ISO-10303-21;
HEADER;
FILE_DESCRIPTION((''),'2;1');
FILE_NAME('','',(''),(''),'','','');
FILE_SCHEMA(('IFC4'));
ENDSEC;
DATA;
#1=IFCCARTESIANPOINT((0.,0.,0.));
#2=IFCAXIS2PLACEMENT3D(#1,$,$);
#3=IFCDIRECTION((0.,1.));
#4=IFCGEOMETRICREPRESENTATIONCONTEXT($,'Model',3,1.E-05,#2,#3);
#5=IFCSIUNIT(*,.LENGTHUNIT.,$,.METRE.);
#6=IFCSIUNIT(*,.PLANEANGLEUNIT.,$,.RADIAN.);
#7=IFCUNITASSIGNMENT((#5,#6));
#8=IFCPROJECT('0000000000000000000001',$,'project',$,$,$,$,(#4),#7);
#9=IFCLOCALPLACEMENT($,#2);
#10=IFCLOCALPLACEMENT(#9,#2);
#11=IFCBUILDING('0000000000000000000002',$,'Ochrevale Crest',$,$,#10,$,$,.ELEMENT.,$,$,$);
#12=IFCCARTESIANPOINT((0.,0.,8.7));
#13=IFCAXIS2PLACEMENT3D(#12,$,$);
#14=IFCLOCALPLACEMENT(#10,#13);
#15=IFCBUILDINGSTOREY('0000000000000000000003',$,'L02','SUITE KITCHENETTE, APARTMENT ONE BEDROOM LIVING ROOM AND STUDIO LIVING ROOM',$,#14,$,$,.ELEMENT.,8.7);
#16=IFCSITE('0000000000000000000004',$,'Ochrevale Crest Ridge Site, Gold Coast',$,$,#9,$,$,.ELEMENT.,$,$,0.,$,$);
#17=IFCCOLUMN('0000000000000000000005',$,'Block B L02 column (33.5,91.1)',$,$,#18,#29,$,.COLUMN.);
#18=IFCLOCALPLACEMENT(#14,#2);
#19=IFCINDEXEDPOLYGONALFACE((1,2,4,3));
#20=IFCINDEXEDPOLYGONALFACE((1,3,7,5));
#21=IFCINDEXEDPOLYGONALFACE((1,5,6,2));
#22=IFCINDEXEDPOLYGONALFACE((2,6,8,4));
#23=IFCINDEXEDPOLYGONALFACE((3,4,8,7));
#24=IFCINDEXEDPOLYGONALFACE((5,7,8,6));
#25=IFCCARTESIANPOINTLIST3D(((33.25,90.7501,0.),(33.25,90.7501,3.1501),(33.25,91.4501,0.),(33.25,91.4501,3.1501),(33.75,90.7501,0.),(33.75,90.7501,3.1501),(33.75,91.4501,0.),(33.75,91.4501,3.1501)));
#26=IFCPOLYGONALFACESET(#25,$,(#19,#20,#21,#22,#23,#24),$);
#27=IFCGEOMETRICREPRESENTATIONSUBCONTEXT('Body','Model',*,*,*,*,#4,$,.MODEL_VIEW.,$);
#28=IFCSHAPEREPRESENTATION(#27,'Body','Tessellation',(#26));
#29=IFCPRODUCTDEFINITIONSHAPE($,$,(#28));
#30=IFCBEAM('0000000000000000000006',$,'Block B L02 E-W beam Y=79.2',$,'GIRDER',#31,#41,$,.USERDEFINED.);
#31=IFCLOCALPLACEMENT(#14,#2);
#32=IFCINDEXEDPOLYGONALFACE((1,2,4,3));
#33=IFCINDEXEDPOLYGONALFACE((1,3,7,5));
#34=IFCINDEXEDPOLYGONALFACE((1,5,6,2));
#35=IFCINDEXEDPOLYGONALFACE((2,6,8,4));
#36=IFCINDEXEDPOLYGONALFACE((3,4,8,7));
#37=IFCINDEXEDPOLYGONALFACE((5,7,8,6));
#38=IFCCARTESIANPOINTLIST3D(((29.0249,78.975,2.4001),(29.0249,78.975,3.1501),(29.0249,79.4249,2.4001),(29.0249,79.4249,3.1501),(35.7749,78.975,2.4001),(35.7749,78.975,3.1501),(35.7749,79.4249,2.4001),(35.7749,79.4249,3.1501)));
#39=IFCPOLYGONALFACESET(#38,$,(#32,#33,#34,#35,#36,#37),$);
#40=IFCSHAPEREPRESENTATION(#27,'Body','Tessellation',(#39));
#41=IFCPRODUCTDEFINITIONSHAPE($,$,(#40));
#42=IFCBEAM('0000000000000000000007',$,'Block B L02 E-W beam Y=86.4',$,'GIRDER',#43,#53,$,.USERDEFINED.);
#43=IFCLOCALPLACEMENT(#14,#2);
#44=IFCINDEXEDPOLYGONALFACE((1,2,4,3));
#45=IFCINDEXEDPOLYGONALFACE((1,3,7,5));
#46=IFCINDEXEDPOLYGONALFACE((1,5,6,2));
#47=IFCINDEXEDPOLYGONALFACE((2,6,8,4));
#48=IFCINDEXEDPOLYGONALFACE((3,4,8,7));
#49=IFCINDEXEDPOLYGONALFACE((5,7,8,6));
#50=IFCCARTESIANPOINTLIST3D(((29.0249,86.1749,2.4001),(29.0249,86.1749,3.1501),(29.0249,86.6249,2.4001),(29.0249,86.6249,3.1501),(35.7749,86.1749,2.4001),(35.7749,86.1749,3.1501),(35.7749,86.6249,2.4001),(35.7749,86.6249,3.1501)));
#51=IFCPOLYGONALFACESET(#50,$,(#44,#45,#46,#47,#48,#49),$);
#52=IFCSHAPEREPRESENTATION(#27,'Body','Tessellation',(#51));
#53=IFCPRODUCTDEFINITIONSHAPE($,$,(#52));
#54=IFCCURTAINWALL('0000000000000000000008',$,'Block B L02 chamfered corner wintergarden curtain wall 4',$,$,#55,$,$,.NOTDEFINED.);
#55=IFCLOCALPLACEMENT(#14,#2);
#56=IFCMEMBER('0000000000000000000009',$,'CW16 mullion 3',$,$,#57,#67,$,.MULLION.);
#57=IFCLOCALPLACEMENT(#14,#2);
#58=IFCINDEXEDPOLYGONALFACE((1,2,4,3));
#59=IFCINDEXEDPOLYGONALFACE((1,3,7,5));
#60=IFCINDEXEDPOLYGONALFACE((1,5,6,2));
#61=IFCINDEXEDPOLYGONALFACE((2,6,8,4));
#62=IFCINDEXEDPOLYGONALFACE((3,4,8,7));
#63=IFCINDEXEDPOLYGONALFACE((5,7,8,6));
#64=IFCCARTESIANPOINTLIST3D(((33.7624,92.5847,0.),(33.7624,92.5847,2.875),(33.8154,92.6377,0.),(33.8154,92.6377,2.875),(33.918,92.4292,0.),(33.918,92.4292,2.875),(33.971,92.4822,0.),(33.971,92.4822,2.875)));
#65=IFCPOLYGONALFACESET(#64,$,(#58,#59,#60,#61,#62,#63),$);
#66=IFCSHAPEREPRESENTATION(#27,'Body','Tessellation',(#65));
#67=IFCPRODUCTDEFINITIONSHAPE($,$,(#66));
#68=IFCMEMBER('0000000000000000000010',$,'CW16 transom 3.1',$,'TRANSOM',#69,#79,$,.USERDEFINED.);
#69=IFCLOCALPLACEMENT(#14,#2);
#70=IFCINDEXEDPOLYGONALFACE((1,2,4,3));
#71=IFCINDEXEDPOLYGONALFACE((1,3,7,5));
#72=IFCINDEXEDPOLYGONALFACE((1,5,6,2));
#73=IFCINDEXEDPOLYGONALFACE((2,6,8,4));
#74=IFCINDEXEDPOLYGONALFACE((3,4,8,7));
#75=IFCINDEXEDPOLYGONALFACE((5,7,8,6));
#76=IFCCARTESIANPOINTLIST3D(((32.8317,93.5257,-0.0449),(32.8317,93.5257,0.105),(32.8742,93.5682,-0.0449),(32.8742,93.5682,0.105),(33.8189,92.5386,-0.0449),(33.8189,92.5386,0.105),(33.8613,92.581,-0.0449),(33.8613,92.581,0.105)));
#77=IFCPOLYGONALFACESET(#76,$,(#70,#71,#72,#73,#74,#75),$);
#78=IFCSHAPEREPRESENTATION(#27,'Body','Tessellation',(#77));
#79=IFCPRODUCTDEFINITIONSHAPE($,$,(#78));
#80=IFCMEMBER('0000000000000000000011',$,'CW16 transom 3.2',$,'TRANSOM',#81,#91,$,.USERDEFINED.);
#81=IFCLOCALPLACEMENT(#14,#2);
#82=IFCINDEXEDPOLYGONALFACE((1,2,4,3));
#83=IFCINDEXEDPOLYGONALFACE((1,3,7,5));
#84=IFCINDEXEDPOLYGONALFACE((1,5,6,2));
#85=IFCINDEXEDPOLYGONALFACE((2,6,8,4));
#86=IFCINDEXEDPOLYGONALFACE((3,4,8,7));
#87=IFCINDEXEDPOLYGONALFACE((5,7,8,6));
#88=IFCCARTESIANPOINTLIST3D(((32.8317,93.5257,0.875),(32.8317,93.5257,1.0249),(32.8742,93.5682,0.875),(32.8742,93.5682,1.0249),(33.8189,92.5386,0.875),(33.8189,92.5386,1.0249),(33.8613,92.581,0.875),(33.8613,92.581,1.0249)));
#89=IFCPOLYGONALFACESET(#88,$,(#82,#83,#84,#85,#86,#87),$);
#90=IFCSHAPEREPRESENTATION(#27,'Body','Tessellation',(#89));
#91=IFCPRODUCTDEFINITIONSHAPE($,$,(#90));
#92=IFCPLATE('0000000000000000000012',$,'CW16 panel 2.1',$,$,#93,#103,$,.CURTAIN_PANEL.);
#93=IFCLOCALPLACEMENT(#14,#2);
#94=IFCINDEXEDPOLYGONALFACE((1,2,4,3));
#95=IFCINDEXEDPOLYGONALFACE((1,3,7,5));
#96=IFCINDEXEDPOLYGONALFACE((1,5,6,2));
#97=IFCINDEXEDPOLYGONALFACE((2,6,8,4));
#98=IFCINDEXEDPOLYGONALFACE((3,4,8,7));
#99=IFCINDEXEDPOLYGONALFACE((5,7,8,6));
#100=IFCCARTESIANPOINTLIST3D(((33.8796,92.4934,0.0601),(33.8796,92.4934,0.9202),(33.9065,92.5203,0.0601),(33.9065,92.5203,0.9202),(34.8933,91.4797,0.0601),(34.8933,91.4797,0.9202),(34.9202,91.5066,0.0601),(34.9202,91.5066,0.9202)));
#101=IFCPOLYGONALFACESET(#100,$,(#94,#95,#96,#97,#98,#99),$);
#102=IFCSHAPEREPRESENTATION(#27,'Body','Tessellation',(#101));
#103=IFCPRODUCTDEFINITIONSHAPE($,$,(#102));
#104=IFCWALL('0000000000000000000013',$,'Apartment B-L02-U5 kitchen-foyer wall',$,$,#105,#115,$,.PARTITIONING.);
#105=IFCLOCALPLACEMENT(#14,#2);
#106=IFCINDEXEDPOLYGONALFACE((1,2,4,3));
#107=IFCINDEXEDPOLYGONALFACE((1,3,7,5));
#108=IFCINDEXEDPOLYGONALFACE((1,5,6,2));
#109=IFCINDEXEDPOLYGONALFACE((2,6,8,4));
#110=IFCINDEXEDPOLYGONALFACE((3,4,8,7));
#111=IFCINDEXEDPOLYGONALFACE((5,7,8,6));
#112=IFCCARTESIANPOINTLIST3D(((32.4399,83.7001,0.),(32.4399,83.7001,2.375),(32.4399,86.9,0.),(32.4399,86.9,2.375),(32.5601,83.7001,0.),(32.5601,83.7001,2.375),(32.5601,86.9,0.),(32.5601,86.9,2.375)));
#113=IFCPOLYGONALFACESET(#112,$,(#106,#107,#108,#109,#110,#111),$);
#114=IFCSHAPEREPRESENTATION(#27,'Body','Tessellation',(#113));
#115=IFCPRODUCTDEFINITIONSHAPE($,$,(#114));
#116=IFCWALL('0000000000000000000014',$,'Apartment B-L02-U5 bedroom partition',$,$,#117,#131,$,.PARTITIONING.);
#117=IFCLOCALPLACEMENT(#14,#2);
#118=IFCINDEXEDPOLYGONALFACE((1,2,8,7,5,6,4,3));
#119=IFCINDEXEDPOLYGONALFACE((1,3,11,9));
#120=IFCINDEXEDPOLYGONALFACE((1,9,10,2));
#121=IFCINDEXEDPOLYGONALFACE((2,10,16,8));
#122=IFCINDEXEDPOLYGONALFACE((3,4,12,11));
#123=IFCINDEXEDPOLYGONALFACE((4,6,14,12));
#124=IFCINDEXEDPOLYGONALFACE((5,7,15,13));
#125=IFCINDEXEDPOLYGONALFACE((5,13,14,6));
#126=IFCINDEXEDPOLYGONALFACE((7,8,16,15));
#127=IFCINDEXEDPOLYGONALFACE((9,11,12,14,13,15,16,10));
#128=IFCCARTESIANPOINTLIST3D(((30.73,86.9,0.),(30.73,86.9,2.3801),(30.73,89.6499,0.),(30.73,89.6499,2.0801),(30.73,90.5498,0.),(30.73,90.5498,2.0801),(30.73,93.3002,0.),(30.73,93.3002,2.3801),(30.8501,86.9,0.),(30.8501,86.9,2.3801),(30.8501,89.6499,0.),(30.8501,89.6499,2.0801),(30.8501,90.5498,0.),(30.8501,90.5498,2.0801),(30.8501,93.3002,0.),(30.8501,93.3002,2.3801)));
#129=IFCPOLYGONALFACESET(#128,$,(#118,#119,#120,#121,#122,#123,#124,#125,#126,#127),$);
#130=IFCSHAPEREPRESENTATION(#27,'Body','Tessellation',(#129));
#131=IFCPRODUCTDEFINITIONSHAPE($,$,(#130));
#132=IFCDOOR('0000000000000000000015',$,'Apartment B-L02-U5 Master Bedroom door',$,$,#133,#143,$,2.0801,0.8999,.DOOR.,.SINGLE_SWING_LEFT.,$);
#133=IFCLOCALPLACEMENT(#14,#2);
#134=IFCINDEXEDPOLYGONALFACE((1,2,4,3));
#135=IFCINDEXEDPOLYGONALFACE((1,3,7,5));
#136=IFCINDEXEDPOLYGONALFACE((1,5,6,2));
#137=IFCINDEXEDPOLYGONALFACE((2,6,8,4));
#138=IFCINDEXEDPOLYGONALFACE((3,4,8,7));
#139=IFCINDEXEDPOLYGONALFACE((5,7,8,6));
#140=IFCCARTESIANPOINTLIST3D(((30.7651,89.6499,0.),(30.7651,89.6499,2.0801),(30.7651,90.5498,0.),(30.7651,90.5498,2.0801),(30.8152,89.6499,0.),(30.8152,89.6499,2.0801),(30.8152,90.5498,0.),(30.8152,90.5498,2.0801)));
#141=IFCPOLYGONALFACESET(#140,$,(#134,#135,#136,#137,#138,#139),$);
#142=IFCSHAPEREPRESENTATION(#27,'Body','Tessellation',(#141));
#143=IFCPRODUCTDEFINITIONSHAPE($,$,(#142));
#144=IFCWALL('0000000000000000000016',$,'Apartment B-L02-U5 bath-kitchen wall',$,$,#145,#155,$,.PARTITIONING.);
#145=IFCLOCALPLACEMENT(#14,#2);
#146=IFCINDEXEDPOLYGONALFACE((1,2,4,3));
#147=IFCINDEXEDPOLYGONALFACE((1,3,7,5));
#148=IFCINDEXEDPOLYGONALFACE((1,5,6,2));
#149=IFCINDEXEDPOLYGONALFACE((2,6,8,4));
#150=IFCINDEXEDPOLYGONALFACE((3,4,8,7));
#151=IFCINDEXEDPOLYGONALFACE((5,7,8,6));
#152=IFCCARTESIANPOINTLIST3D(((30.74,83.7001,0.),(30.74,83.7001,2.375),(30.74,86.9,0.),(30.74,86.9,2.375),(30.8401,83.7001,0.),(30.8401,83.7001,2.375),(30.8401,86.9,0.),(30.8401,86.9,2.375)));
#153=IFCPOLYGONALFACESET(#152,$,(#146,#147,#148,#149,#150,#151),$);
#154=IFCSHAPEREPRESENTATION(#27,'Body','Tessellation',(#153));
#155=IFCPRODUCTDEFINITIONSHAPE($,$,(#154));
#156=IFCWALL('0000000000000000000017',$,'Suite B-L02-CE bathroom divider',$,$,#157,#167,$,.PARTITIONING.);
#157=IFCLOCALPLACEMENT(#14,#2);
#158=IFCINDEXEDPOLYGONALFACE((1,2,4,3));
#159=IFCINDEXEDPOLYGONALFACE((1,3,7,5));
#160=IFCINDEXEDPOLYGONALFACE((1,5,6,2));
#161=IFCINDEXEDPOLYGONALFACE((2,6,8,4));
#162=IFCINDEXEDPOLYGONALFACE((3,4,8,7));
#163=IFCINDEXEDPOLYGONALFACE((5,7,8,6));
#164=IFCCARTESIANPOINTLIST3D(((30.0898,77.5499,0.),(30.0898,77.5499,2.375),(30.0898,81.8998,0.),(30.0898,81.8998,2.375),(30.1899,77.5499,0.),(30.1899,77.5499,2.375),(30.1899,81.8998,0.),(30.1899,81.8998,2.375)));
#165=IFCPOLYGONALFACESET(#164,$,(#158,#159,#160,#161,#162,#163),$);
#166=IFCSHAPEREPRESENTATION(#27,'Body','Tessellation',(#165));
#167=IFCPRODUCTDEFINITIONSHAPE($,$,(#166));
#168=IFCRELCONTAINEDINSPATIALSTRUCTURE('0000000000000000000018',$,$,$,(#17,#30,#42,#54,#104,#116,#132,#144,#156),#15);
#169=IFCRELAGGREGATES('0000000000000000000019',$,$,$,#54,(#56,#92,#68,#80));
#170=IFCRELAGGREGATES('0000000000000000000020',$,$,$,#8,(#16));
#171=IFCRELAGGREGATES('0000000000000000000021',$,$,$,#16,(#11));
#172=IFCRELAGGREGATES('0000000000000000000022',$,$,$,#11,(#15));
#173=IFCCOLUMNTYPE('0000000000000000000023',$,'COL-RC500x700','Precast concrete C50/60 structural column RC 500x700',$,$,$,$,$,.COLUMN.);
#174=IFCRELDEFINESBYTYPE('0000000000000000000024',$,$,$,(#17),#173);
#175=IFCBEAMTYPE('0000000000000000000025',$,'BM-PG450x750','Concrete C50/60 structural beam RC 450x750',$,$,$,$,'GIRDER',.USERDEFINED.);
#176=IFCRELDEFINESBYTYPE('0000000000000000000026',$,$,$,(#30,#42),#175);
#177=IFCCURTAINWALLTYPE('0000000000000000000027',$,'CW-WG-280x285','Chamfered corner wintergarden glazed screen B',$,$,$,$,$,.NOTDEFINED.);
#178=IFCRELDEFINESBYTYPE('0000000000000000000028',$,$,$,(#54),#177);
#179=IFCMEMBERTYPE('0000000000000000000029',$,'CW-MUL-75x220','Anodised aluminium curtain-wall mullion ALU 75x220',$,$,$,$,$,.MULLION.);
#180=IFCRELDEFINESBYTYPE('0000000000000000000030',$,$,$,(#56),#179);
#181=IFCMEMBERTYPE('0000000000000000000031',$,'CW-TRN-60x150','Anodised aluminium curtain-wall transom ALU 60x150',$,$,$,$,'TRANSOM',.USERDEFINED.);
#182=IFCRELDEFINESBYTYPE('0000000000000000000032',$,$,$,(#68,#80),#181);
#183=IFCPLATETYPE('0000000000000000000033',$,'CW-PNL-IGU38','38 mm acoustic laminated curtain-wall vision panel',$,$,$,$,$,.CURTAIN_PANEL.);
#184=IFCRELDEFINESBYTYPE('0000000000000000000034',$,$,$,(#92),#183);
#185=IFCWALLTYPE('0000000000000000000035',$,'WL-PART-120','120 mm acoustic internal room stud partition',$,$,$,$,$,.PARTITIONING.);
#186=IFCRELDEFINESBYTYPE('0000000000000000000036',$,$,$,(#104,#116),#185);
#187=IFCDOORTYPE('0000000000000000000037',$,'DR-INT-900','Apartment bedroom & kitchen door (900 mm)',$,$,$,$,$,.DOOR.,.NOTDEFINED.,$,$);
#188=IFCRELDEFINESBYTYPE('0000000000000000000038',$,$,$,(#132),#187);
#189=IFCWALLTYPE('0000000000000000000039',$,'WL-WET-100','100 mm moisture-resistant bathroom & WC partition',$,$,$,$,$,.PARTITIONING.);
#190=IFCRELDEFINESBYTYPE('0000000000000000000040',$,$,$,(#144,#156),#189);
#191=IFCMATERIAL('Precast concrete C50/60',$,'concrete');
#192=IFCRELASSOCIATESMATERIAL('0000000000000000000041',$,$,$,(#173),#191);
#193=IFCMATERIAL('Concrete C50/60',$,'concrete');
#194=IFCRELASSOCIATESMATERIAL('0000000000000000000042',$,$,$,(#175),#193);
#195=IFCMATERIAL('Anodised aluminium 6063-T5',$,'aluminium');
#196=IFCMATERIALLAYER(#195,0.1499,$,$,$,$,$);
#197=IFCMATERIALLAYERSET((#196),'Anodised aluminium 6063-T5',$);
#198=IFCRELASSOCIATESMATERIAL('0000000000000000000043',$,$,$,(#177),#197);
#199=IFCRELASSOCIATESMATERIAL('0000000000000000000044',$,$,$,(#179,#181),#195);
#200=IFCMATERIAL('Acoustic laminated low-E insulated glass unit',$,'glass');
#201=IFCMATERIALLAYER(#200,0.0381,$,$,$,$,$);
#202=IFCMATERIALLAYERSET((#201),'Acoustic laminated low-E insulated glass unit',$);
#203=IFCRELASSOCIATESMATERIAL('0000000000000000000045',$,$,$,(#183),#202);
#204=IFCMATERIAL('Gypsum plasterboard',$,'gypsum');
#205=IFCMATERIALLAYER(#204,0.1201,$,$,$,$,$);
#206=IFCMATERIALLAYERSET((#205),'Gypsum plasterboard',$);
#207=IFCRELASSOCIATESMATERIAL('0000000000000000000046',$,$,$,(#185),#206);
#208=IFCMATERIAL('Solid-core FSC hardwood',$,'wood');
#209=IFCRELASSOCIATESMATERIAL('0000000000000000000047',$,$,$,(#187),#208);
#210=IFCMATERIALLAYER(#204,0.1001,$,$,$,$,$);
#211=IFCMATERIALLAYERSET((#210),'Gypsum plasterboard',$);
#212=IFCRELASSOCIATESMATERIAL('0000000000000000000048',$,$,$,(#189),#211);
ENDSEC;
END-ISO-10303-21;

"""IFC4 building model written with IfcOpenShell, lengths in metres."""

from ifc_helpers import new_model, si_unit, direction, frame, frame_2d, origin, origin_2d, place, context, subcontext, project, spatial, rectangle, extrude, material, layer, layer_set, material_profile, profile_set, type_object, element, fill, aggregate, save


model = new_model("IFC4")

# Units and contexts
model_context = context("Model", 3, precision=1e-05, world=origin(), true_north=direction((0.0, 1.0)))
body_context = subcontext(model_context, "Body", "Model", "MODEL_VIEW")
ifc_project = project(units=[si_unit("LENGTHUNIT", "METRE"), si_unit("PLANEANGLEUNIT", "RADIAN")], contexts=[model_context])

# Site, building, storey
site_placement = place(None, origin())
site = spatial("IfcSite", under=ifc_project, at=site_placement, Name="Ochrevale Crest Ridge Site, Gold Coast", CompositionType="ELEMENT", RefElevation=0.0)
building_placement = place(site_placement, origin())
building = spatial("IfcBuilding", under=site, at=building_placement, Name="Ochrevale Crest", CompositionType="ELEMENT")
storey_placement = place(building_placement, frame((0.0, 0.0, 8.7)))
storey = spatial("IfcBuildingStorey", under=building, at=storey_placement, Name="L02", Description="SUITE KITCHENETTE, APARTMENT ONE BEDROOM LIVING ROOM AND STUDIO LIVING ROOM", CompositionType="ELEMENT", Elevation=8.7)

# Column
ifc_material_1 = material(Name="Precast concrete C50/60", Category="concrete")
ifc_material_profile_1 = material_profile(ifc_material_1, rectangle(XDim=0.5, YDim=0.7, at=origin_2d()), Name="RC 500x700")
ifc_profile_set_1 = profile_set([ifc_material_profile_1], Name="Precast concrete C50/60")
column_type = type_object("IfcColumnType", Name="COL-RC500x700", Description="Precast concrete C50/60 structural column RC 500x700", PredefinedType="COLUMN", material=ifc_profile_set_1)
column_placement = place(storey_placement, frame((33.5, 91.1001, 0.0), z_axis=(0.0, 0.0, 1.0), x_axis=(1.0, 0.0, 0.0)))
element("IfcColumn", 1, at=column_placement, inside=storey, type_object=column_type, Name="Block B L02 column (33.5,91.1)", PredefinedType="COLUMN", context=body_context, shape_type="SweptSolid", body=[
    extrude(rectangle(XDim=0.5, YDim=0.7, at=origin_2d()), origin(), (0.0, 0.0, 1.0), 3.1501),
])

# Beams
ifc_material_2 = material(Name="Concrete C50/60", Category="concrete")
ifc_material_profile_2 = material_profile(ifc_material_2, rectangle(XDim=0.45, YDim=0.75, at=origin_2d()), Name="RC 450x750")
ifc_profile_set_2 = profile_set([ifc_material_profile_2], Name="Concrete C50/60")
beam_type = type_object("IfcBeamType", Name="BM-PG450x750", Description="Concrete C50/60 structural beam RC 450x750", ElementType="GIRDER", PredefinedType="USERDEFINED", material=ifc_profile_set_2)
for number, where, z_axis, x_axis, name in (
    (2, (29.0249, 79.2, 2.7751), (1.0, 0.0, 0.0), (0.0, 1.0, 0.0), "Block B L02 E-W beam Y=79.2"),
    (3, (29.0249, 86.3999, 2.7751), (1.0, 0.0, 0.0), (0.0, 1.0, 0.0), "Block B L02 E-W beam Y=86.4"),
):
    element("IfcBeam", number, at=place(storey_placement, frame(where, z_axis=z_axis, x_axis=x_axis)), inside=storey, type_object=beam_type, Name=name, ObjectType="GIRDER", PredefinedType="USERDEFINED", context=body_context, shape_type="SweptSolid", body=[
        extrude(rectangle(XDim=0.45, YDim=0.75, at=origin_2d()), origin(), (0.0, 0.0, 1.0), 6.75),
    ])

# Curtain wall, members, plate
ifc_material_3 = material(Name="Anodised aluminium 6063-T5", Category="aluminium")
ifc_layer_1 = layer(ifc_material_3, 0.1499)
ifc_layer_set_1 = layer_set([ifc_layer_1], Name="Anodised aluminium 6063-T5")
curtain_wall_type = type_object("IfcCurtainWallType", Name="CW-WG-280x285", Description="Chamfered corner wintergarden glazed screen B", PredefinedType="NOTDEFINED", material=ifc_layer_set_1)
curtain_wall_placement = place(storey_placement, origin())
curtain_wall = element("IfcCurtainWall", 4, at=curtain_wall_placement, inside=storey, type_object=curtain_wall_type, Name="Block B L02 chamfered corner wintergarden curtain wall 4", PredefinedType="NOTDEFINED")
ifc_material_profile_3 = material_profile(ifc_material_3, rectangle(XDim=0.075, YDim=0.22, at=origin_2d()), Name="ALU 75x220")
ifc_profile_set_3 = profile_set([ifc_material_profile_3], Name="Anodised aluminium 6063-T5")
member_type_1 = type_object("IfcMemberType", Name="CW-MUL-75x220", Description="Anodised aluminium curtain-wall mullion ALU 75x220", PredefinedType="MULLION", material=ifc_profile_set_3)
member_1_placement = place(storey_placement, frame((33.8667, 92.5334, 0.0), z_axis=(0.0, 0.0, 1.0), x_axis=(-0.707107, -0.707107, 0.0)))
member_1 = element("IfcMember", 5, at=member_1_placement, type_object=member_type_1, Name="CW16 mullion 3", PredefinedType="MULLION", context=body_context, shape_type="SweptSolid", body=[
    extrude(rectangle(XDim=0.075, YDim=0.22, at=origin_2d()), origin(), (0.0, 0.0, 1.0), 2.875),
])
ifc_material_profile_4 = material_profile(ifc_material_3, rectangle(XDim=0.0601, YDim=0.1499, at=origin_2d()), Name="ALU 60x150")
ifc_profile_set_4 = profile_set([ifc_material_profile_4], Name="Anodised aluminium 6063-T5")
member_type_2 = type_object("IfcMemberType", Name="CW-TRN-60x150", Description="Anodised aluminium curtain-wall transom ALU 60x150", ElementType="TRANSOM", PredefinedType="USERDEFINED", material=ifc_profile_set_4)
member_2_placement = place(storey_placement, frame((33.8401, 92.5598, 0.03), z_axis=(-0.707107, 0.707107, 0.0), x_axis=(-0.707107, -0.707107, 0.0)))
member_2 = element("IfcMember", 6, at=member_2_placement, type_object=member_type_2, Name="CW16 transom 3.1", ObjectType="TRANSOM", PredefinedType="USERDEFINED", context=body_context, shape_type="SweptSolid", body=[
    extrude(rectangle(XDim=0.0601, YDim=0.1499, at=origin_2d()), origin(), (0.0, 0.0, 1.0), 1.396),
])
member_3_placement = place(storey_placement, frame((33.8401, 92.5598, 0.95), z_axis=(-0.707107, 0.707107, 0.0), x_axis=(-0.707107, -0.707107, 0.0)))
member_3 = element("IfcMember", 7, at=member_3_placement, type_object=member_type_2, Name="CW16 transom 3.2", ObjectType="TRANSOM", PredefinedType="USERDEFINED", context=body_context, shape_type="SweptSolid", body=[
    extrude(rectangle(XDim=0.0601, YDim=0.1499, at=origin_2d()), origin(), (0.0, 0.0, 1.0), 1.396),
])
ifc_material_4 = material(Name="Acoustic laminated low-E insulated glass unit", Category="glass")
ifc_layer_2 = layer(ifc_material_4, 0.0381)
ifc_layer_set_2 = layer_set([ifc_layer_2], Name="Acoustic laminated low-E insulated glass unit")
plate_type = type_object("IfcPlateType", Name="CW-PNL-IGU38", Description="38 mm acoustic laminated curtain-wall vision panel", PredefinedType="CURTAIN_PANEL", material=ifc_layer_set_2)
plate_placement = place(storey_placement, frame((34.3999, 92.0, 0.0601), z_axis=(0.0, 0.0, 1.0), x_axis=(-0.707107, 0.707107, 0.0)))
plate = element("IfcPlate", 8, at=plate_placement, type_object=plate_type, Name="CW16 panel 2.1", PredefinedType="CURTAIN_PANEL", context=body_context, shape_type="SweptSolid", body=[
    extrude(rectangle(XDim=1.4336, YDim=0.0381, at=origin_2d()), origin(), (0.0, 0.0, 1.0), 0.8601),
])
aggregate(curtain_wall, [member_1, plate, member_2, member_3])

# Wall
ifc_material_5 = material(Name="Gypsum plasterboard", Category="gypsum")
ifc_layer_3 = layer(ifc_material_5, 0.1201)
ifc_layer_set_3 = layer_set([ifc_layer_3], Name="Gypsum plasterboard")
wall_type_1 = type_object("IfcWallType", Name="WL-PART-120", Description="120 mm acoustic internal room stud partition", PredefinedType="PARTITIONING", material=ifc_layer_set_3)
wall_1_placement = place(storey_placement, frame((32.5, 83.7, 0.0), z_axis=(0.0, 0.0, 1.0), x_axis=(0.0, 1.0, 0.0)))
element("IfcWall", 9, at=wall_1_placement, inside=storey, type_object=wall_type_1, Name="Apartment B-L02-U5 kitchen-foyer wall", PredefinedType="PARTITIONING", context=body_context, shape_type="SweptSolid", body=[
    extrude(rectangle(XDim=3.2, YDim=0.1201, at=frame_2d((1.6001, 0.0))), origin(), (0.0, 0.0, 1.0), 2.375),
])

# Wall, opening, door
wall_2_placement = place(storey_placement, frame((30.79, 86.8999, 0.0), z_axis=(0.0, 0.0, 1.0), x_axis=(0.0, 1.0, 0.0)))
wall_2 = element("IfcWall", 10, at=wall_2_placement, inside=storey, type_object=wall_type_1, Name="Apartment B-L02-U5 bedroom partition", PredefinedType="PARTITIONING", context=body_context, shape_type="SweptSolid", body=[
    extrude(rectangle(XDim=6.4001, YDim=0.1201, at=frame_2d((3.2002, 0.0))), origin(), (0.0, 0.0, 1.0), 2.3801),
])
opening_placement = place(wall_2_placement, frame((2.75, 0.0, 0.0)))
opening = element("IfcOpeningElement", 11, at=opening_placement, cuts=wall_2, PredefinedType="OPENING", context=body_context, shape_type="SweptSolid", body=[
    extrude(rectangle(XDim=0.8999, YDim=2.0801, at=frame_2d((0.45, 1.04))), frame((0.0, 0.0701, 0.0), z_axis=(0.0, -1.0, 0.0), x_axis=(1.0, 0.0, 0.0)), (0.0, 0.0, 1.0), 0.1401),
])
ifc_material_6 = material(Name="Solid-core FSC hardwood", Category="wood")
door_type = type_object("IfcDoorType", Name="DR-INT-900", Description="Apartment bedroom & kitchen door (900 mm)", OperationType="NOTDEFINED", PredefinedType="DOOR", material=ifc_material_6)
door_placement = place(opening_placement, origin())
door = element("IfcDoor", 12, at=door_placement, inside=storey, type_object=door_type, Name="Apartment B-L02-U5 Master Bedroom door", OperationType="SINGLE_SWING_LEFT", OverallHeight=2.0801, OverallWidth=0.8999, PredefinedType="DOOR", context=body_context, shape_type="SweptSolid", body=[
    extrude(rectangle(XDim=0.8999, YDim=2.0801, at=frame_2d((0.45, 1.04))), frame((0.0, 0.0249, 0.0), z_axis=(0.0, -1.0, 0.0), x_axis=(1.0, 0.0, 0.0)), (0.0, 0.0, 1.0), 0.05),
])
fill(opening, door)

# Walls
ifc_layer_4 = layer(ifc_material_5, 0.1001)
ifc_layer_set_4 = layer_set([ifc_layer_4], Name="Gypsum plasterboard")
wall_type_2 = type_object("IfcWallType", Name="WL-WET-100", Description="100 mm moisture-resistant bathroom & WC partition", PredefinedType="PARTITIONING", material=ifc_layer_set_4)
wall_3_placement = place(storey_placement, frame((30.79, 83.7, 0.0), z_axis=(0.0, 0.0, 1.0), x_axis=(0.0, 1.0, 0.0)))
element("IfcWall", 13, at=wall_3_placement, inside=storey, type_object=wall_type_2, Name="Apartment B-L02-U5 bath-kitchen wall", PredefinedType="PARTITIONING", context=body_context, shape_type="SweptSolid", body=[
    extrude(rectangle(XDim=3.2, YDim=0.1001, at=frame_2d((1.6001, 0.0))), origin(), (0.0, 0.0, 1.0), 2.375),
])
wall_4_placement = place(storey_placement, frame((30.1399, 77.55, 0.0), z_axis=(0.0, 0.0, 1.0), x_axis=(0.0, 1.0, 0.0)))
element("IfcWall", 14, at=wall_4_placement, inside=storey, type_object=wall_type_2, Name="Suite B-L02-CE bathroom divider", PredefinedType="PARTITIONING", context=body_context, shape_type="SweptSolid", body=[
    extrude(rectangle(XDim=4.3499, YDim=0.1001, at=frame_2d((2.1748, 0.0))), origin(), (0.0, 0.0, 1.0), 2.375),
])

save(model, "model.ifc")
